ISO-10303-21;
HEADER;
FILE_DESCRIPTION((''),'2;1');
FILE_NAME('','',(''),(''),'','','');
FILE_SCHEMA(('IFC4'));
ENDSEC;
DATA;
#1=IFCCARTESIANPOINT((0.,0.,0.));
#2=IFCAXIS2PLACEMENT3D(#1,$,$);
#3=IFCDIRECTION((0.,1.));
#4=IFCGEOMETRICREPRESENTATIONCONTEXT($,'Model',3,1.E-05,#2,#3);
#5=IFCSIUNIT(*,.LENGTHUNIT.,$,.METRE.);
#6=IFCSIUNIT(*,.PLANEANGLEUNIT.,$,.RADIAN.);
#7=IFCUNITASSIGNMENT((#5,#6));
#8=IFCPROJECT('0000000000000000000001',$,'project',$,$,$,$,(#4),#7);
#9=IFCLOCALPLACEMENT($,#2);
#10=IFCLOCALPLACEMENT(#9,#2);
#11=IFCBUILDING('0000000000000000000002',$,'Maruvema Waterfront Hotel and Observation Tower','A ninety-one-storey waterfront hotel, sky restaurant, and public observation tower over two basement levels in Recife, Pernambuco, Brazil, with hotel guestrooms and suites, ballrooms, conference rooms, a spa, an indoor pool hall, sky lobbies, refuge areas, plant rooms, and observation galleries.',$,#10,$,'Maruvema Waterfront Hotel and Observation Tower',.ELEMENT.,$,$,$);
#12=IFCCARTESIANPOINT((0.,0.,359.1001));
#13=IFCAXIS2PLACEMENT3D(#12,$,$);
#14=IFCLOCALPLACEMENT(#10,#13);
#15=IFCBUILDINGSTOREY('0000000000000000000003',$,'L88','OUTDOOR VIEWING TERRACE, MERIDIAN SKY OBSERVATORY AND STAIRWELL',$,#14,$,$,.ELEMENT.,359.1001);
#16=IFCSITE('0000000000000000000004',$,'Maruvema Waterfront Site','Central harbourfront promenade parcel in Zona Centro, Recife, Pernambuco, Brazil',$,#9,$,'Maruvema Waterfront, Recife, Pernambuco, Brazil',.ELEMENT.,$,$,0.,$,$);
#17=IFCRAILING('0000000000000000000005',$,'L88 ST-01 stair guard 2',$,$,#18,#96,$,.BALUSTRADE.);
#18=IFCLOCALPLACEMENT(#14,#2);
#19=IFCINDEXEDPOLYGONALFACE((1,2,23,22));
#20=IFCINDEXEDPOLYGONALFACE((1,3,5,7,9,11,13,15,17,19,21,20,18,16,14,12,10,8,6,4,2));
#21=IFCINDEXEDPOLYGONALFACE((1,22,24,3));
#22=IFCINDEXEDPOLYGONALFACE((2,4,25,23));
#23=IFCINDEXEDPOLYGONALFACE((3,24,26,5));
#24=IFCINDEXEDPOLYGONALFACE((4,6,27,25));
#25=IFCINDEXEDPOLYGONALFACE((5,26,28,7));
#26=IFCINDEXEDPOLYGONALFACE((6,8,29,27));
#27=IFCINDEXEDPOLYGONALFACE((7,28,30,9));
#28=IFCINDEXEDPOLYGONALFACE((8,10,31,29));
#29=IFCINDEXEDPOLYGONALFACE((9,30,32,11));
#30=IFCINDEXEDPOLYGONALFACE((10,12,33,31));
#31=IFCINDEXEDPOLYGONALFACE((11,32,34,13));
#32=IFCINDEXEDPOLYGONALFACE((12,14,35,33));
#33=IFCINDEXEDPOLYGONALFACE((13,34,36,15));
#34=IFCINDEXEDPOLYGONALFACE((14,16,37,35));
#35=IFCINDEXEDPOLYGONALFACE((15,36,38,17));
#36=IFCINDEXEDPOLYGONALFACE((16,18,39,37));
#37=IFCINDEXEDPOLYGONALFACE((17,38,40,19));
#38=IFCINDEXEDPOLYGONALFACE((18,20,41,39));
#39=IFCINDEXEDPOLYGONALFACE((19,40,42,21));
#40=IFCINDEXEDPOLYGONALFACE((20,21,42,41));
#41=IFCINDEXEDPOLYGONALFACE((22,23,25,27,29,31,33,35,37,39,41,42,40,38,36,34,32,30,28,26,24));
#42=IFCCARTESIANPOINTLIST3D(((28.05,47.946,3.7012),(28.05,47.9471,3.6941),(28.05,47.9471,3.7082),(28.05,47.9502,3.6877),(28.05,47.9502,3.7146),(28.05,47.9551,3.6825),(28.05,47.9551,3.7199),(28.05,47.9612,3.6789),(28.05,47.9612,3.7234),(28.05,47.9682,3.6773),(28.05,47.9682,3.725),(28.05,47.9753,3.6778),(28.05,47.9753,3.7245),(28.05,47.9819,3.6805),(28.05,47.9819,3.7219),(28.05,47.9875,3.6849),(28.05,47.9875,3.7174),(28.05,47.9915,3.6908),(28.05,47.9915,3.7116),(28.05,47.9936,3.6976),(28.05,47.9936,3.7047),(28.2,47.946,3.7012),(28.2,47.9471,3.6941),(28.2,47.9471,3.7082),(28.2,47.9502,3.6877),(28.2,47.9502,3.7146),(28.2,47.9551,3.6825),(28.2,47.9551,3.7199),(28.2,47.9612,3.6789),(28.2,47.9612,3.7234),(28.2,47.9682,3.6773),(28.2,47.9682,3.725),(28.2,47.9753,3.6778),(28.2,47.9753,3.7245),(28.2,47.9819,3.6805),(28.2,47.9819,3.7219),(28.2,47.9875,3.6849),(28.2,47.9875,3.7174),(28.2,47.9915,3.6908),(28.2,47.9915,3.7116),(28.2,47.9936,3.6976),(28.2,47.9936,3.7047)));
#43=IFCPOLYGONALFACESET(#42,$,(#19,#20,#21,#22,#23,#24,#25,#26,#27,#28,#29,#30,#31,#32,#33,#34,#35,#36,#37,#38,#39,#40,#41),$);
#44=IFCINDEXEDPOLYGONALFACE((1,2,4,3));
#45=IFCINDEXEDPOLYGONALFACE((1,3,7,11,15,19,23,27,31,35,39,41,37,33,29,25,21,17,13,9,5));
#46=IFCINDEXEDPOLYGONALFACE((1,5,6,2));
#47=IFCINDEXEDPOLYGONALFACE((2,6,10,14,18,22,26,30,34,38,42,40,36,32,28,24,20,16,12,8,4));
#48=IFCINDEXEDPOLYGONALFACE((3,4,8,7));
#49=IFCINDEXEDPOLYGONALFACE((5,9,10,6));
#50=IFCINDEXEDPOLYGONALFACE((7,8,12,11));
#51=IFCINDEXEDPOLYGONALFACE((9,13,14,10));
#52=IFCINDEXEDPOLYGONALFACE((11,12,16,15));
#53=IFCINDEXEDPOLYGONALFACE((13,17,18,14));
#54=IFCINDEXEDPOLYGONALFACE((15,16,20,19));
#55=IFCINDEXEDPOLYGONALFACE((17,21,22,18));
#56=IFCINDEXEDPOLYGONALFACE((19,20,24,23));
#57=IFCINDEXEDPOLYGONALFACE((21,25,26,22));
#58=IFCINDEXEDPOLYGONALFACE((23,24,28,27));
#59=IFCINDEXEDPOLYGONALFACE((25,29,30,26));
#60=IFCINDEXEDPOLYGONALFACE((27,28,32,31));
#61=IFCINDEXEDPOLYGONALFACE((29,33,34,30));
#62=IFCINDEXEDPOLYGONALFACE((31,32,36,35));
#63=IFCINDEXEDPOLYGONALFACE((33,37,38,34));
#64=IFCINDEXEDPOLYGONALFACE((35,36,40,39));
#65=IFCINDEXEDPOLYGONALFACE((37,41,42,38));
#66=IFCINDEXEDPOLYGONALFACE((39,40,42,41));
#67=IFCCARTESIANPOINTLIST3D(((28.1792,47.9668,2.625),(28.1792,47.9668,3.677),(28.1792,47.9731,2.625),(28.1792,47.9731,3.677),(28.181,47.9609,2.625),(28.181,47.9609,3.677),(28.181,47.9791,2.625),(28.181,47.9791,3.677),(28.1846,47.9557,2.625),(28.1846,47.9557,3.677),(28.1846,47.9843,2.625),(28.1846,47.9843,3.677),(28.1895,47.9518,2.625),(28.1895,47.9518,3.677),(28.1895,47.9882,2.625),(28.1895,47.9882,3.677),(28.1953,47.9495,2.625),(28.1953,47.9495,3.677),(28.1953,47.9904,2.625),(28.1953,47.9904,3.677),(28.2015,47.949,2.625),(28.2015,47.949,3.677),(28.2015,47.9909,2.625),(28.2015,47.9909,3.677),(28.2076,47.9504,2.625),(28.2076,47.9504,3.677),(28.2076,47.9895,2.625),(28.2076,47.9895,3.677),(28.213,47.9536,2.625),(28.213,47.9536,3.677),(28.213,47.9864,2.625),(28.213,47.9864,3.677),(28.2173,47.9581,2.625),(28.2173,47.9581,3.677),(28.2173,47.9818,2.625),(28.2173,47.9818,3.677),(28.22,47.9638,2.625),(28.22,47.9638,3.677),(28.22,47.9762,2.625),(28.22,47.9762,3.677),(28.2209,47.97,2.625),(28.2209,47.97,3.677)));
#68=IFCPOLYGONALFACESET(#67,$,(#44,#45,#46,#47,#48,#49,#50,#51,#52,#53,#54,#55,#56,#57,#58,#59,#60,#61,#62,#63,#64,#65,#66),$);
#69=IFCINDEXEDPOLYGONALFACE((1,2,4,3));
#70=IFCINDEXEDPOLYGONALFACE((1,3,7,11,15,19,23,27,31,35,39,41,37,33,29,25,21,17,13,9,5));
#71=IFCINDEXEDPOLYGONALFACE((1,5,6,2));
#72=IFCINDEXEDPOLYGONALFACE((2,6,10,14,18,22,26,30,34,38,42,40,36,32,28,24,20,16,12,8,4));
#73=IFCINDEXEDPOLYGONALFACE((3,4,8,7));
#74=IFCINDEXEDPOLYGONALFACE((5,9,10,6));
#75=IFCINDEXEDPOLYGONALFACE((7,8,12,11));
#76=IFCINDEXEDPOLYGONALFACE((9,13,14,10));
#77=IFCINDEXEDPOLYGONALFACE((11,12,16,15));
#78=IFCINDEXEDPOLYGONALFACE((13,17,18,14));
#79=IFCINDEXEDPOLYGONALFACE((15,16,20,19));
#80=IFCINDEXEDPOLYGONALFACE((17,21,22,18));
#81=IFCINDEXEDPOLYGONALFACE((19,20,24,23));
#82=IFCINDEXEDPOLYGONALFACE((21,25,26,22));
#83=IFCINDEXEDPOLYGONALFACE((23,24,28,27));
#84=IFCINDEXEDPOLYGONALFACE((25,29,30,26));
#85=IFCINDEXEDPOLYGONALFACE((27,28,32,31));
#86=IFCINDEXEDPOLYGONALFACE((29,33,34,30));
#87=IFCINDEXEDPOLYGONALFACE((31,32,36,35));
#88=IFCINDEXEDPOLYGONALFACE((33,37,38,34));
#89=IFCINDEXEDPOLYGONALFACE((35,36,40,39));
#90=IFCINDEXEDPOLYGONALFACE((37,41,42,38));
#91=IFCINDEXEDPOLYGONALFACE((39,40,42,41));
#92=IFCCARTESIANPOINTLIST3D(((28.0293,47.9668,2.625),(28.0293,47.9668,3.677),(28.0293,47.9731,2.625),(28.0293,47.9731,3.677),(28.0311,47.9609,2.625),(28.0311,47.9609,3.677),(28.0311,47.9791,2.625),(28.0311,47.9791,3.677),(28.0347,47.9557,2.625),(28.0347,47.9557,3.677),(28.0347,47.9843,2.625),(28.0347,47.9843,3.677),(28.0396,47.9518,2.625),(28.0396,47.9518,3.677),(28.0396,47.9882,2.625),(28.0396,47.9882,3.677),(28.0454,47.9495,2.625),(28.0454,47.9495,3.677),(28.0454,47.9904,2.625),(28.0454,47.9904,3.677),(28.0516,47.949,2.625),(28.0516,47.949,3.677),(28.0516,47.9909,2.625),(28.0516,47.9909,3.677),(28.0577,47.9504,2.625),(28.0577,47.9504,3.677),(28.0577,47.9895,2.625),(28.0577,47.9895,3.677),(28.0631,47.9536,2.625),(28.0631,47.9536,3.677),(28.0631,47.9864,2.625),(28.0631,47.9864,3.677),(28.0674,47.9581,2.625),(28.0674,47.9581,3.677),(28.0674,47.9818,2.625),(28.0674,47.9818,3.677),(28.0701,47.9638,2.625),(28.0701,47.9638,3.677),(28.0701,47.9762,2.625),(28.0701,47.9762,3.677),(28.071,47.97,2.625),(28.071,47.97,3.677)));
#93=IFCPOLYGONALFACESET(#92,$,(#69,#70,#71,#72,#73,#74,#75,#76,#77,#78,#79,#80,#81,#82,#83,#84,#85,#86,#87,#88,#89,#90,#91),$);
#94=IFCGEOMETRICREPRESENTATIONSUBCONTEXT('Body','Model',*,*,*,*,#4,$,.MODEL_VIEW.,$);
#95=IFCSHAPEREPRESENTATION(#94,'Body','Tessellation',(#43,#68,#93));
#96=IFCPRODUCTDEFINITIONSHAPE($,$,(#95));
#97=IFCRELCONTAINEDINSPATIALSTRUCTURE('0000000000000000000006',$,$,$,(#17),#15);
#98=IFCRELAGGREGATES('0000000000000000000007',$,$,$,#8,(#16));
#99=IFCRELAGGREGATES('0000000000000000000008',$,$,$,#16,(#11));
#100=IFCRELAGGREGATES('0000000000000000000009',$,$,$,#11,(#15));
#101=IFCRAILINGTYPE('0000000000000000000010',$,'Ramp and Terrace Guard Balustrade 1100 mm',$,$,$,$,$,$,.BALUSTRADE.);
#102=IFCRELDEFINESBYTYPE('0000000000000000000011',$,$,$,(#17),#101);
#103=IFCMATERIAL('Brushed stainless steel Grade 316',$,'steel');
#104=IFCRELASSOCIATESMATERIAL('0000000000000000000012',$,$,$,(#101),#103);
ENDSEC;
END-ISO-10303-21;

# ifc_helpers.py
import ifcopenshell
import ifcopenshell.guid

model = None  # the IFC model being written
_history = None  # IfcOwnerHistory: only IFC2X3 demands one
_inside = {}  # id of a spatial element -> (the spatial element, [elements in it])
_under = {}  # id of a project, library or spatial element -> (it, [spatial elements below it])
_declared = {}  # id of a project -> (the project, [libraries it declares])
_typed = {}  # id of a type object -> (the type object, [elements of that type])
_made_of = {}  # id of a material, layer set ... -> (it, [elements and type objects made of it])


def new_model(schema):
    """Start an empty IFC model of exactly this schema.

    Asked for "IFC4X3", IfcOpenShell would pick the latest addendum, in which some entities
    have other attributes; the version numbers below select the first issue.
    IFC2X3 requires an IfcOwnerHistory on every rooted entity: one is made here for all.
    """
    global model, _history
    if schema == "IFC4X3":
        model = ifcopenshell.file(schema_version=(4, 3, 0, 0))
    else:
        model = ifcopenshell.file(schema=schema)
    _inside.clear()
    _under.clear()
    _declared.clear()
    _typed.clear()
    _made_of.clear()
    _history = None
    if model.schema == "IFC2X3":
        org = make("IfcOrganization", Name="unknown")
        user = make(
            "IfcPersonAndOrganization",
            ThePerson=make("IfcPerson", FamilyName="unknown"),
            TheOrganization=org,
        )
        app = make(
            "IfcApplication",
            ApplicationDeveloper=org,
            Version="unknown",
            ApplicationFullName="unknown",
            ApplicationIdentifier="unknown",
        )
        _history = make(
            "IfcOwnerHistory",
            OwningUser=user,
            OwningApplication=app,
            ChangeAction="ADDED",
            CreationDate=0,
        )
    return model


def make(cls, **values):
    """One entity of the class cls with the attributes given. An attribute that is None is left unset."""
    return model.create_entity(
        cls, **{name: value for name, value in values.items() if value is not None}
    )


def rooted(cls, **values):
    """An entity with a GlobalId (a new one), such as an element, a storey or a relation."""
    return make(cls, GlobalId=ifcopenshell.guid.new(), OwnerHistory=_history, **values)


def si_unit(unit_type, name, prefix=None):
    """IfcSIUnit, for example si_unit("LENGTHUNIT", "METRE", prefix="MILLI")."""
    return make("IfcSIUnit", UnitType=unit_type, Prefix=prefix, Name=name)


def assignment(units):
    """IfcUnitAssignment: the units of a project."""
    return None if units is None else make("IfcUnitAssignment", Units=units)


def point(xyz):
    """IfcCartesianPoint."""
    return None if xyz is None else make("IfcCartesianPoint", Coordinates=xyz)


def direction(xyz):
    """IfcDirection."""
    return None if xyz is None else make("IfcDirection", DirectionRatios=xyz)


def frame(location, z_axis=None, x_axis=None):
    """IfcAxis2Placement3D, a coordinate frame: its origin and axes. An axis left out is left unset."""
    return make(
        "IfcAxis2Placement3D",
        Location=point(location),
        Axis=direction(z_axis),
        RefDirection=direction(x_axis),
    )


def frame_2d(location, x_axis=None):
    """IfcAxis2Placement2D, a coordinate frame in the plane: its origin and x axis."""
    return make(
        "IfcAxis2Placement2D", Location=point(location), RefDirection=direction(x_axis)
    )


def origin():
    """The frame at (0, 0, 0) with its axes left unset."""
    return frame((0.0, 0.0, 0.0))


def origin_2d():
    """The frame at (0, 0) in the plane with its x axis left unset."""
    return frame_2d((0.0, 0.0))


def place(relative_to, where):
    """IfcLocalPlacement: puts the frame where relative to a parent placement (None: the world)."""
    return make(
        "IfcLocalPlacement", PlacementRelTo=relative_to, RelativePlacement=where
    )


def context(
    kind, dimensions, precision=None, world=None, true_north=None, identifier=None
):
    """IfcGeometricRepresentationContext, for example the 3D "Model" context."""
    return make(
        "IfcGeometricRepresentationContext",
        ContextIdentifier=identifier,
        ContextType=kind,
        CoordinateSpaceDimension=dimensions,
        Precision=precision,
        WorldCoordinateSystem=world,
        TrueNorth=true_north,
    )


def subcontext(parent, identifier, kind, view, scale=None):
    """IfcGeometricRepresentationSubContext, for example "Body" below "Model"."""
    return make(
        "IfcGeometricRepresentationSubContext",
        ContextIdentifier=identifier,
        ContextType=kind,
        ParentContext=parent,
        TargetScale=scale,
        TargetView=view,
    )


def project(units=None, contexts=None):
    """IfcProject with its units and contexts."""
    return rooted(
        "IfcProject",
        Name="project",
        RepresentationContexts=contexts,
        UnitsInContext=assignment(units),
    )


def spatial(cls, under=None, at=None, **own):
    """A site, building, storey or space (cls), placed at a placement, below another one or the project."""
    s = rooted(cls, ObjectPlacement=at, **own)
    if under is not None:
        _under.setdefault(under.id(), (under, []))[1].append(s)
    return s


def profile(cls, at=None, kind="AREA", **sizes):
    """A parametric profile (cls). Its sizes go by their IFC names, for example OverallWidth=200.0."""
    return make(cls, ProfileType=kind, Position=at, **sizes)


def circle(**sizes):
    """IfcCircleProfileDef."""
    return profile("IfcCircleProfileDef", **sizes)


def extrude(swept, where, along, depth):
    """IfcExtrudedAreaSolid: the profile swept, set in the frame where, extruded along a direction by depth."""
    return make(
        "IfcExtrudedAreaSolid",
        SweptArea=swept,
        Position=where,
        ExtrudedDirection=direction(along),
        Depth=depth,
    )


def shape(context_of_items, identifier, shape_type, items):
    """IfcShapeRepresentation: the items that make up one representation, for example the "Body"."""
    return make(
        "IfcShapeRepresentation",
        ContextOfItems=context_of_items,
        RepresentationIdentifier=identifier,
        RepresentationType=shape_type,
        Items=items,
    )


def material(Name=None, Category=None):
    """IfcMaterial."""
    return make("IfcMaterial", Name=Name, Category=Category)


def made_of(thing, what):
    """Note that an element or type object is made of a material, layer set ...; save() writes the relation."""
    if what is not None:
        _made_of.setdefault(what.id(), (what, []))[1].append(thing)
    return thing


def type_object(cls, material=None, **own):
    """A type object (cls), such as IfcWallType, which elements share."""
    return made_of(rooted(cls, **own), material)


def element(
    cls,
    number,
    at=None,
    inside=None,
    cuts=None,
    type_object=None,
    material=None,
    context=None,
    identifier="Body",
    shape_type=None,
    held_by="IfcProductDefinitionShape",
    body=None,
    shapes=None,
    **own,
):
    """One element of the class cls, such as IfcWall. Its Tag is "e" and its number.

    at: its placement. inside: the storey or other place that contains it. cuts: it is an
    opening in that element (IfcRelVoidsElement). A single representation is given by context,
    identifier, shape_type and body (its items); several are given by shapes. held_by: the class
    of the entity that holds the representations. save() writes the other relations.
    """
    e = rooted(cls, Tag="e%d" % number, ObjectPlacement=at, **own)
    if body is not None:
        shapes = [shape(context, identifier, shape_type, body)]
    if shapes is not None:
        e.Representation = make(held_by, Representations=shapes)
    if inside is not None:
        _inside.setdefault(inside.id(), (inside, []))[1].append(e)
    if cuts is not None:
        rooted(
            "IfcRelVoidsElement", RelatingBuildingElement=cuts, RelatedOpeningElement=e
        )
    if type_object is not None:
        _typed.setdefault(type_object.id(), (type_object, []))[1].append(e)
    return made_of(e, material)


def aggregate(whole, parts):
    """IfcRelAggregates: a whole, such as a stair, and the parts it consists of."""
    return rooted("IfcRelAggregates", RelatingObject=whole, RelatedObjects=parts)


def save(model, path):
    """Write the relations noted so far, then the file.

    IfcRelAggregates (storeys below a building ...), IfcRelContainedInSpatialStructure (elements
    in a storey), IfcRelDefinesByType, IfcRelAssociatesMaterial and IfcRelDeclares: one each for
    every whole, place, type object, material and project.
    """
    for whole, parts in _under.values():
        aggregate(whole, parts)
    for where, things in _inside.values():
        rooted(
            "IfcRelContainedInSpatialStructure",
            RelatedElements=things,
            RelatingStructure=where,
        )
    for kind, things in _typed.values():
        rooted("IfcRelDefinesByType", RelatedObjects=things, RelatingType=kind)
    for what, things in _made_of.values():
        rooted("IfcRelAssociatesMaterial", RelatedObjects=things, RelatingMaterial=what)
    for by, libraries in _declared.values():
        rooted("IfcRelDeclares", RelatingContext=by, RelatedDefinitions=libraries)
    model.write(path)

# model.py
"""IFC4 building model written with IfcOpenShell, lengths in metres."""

from ifc_helpers import new_model, si_unit, direction, frame, origin, origin_2d, place, context, subcontext, project, spatial, circle, extrude, material, type_object, element, save


model = new_model("IFC4")

# Units and contexts
model_context = context("Model", 3, precision=1e-05, world=origin(), true_north=direction((0.0, 1.0)))
body_context = subcontext(model_context, "Body", "Model", "MODEL_VIEW")
ifc_project = project(units=[si_unit("LENGTHUNIT", "METRE"), si_unit("PLANEANGLEUNIT", "RADIAN")], contexts=[model_context])

# Site, building, storey
site_placement = place(None, origin())
site = spatial("IfcSite", under=ifc_project, at=site_placement, Name="Maruvema Waterfront Site", Description="Central harbourfront promenade parcel in Zona Centro, Recife, Pernambuco, Brazil", LongName="Maruvema Waterfront, Recife, Pernambuco, Brazil", CompositionType="ELEMENT", RefElevation=0.0)
building_placement = place(site_placement, origin())
building = spatial("IfcBuilding", under=site, at=building_placement, Name="Maruvema Waterfront Hotel and Observation Tower", Description="A ninety-one-storey waterfront hotel, sky restaurant, and public observation tower over two basement levels in Recife, Pernambuco, Brazil, with hotel guestrooms and suites, ballrooms, conference rooms, a spa, an indoor pool hall, sky lobbies, refuge areas, plant rooms, and observation galleries.", LongName="Maruvema Waterfront Hotel and Observation Tower", CompositionType="ELEMENT")
storey_placement = place(building_placement, frame((0.0, 0.0, 359.1001)))
storey = spatial("IfcBuildingStorey", under=building, at=storey_placement, Name="L88", Description="OUTDOOR VIEWING TERRACE, MERIDIAN SKY OBSERVATORY AND STAIRWELL", CompositionType="ELEMENT", Elevation=359.1001)

# Railing
ifc_material_1 = material(Name="Brushed stainless steel Grade 316", Category="steel")
railing_type_1 = type_object("IfcRailingType", Name="Ramp and Terrace Guard Balustrade 1100 mm", PredefinedType="BALUSTRADE", material=ifc_material_1)
railing_1_placement = place(storey_placement, frame((28.2, 47.97, 2.625)))
element("IfcRailing", 1, at=railing_1_placement, inside=storey, type_object=railing_type_1, Name="L88 ST-01 stair guard 2", PredefinedType="BALUSTRADE", context=body_context, shape_type="SweptSolid", body=[
    extrude(circle(Radius=0.0239, at=origin_2d()), frame((0.0, 0.0, 1.0762), z_axis=(-1.0, 0.0, 0.0), x_axis=(0.0, -1.0, 0.0)), (0.0, 0.0, 1.0), 0.1499),
    extrude(circle(Radius=0.021, at=origin_2d()), origin(), (0.0, 0.0, 1.0), 1.052),
    extrude(circle(Radius=0.021, at=origin_2d()), frame((-0.1499, 0.0, 0.0)), (0.0, 0.0, 1.0), 1.052),
])

save(model, "model.ifc")
